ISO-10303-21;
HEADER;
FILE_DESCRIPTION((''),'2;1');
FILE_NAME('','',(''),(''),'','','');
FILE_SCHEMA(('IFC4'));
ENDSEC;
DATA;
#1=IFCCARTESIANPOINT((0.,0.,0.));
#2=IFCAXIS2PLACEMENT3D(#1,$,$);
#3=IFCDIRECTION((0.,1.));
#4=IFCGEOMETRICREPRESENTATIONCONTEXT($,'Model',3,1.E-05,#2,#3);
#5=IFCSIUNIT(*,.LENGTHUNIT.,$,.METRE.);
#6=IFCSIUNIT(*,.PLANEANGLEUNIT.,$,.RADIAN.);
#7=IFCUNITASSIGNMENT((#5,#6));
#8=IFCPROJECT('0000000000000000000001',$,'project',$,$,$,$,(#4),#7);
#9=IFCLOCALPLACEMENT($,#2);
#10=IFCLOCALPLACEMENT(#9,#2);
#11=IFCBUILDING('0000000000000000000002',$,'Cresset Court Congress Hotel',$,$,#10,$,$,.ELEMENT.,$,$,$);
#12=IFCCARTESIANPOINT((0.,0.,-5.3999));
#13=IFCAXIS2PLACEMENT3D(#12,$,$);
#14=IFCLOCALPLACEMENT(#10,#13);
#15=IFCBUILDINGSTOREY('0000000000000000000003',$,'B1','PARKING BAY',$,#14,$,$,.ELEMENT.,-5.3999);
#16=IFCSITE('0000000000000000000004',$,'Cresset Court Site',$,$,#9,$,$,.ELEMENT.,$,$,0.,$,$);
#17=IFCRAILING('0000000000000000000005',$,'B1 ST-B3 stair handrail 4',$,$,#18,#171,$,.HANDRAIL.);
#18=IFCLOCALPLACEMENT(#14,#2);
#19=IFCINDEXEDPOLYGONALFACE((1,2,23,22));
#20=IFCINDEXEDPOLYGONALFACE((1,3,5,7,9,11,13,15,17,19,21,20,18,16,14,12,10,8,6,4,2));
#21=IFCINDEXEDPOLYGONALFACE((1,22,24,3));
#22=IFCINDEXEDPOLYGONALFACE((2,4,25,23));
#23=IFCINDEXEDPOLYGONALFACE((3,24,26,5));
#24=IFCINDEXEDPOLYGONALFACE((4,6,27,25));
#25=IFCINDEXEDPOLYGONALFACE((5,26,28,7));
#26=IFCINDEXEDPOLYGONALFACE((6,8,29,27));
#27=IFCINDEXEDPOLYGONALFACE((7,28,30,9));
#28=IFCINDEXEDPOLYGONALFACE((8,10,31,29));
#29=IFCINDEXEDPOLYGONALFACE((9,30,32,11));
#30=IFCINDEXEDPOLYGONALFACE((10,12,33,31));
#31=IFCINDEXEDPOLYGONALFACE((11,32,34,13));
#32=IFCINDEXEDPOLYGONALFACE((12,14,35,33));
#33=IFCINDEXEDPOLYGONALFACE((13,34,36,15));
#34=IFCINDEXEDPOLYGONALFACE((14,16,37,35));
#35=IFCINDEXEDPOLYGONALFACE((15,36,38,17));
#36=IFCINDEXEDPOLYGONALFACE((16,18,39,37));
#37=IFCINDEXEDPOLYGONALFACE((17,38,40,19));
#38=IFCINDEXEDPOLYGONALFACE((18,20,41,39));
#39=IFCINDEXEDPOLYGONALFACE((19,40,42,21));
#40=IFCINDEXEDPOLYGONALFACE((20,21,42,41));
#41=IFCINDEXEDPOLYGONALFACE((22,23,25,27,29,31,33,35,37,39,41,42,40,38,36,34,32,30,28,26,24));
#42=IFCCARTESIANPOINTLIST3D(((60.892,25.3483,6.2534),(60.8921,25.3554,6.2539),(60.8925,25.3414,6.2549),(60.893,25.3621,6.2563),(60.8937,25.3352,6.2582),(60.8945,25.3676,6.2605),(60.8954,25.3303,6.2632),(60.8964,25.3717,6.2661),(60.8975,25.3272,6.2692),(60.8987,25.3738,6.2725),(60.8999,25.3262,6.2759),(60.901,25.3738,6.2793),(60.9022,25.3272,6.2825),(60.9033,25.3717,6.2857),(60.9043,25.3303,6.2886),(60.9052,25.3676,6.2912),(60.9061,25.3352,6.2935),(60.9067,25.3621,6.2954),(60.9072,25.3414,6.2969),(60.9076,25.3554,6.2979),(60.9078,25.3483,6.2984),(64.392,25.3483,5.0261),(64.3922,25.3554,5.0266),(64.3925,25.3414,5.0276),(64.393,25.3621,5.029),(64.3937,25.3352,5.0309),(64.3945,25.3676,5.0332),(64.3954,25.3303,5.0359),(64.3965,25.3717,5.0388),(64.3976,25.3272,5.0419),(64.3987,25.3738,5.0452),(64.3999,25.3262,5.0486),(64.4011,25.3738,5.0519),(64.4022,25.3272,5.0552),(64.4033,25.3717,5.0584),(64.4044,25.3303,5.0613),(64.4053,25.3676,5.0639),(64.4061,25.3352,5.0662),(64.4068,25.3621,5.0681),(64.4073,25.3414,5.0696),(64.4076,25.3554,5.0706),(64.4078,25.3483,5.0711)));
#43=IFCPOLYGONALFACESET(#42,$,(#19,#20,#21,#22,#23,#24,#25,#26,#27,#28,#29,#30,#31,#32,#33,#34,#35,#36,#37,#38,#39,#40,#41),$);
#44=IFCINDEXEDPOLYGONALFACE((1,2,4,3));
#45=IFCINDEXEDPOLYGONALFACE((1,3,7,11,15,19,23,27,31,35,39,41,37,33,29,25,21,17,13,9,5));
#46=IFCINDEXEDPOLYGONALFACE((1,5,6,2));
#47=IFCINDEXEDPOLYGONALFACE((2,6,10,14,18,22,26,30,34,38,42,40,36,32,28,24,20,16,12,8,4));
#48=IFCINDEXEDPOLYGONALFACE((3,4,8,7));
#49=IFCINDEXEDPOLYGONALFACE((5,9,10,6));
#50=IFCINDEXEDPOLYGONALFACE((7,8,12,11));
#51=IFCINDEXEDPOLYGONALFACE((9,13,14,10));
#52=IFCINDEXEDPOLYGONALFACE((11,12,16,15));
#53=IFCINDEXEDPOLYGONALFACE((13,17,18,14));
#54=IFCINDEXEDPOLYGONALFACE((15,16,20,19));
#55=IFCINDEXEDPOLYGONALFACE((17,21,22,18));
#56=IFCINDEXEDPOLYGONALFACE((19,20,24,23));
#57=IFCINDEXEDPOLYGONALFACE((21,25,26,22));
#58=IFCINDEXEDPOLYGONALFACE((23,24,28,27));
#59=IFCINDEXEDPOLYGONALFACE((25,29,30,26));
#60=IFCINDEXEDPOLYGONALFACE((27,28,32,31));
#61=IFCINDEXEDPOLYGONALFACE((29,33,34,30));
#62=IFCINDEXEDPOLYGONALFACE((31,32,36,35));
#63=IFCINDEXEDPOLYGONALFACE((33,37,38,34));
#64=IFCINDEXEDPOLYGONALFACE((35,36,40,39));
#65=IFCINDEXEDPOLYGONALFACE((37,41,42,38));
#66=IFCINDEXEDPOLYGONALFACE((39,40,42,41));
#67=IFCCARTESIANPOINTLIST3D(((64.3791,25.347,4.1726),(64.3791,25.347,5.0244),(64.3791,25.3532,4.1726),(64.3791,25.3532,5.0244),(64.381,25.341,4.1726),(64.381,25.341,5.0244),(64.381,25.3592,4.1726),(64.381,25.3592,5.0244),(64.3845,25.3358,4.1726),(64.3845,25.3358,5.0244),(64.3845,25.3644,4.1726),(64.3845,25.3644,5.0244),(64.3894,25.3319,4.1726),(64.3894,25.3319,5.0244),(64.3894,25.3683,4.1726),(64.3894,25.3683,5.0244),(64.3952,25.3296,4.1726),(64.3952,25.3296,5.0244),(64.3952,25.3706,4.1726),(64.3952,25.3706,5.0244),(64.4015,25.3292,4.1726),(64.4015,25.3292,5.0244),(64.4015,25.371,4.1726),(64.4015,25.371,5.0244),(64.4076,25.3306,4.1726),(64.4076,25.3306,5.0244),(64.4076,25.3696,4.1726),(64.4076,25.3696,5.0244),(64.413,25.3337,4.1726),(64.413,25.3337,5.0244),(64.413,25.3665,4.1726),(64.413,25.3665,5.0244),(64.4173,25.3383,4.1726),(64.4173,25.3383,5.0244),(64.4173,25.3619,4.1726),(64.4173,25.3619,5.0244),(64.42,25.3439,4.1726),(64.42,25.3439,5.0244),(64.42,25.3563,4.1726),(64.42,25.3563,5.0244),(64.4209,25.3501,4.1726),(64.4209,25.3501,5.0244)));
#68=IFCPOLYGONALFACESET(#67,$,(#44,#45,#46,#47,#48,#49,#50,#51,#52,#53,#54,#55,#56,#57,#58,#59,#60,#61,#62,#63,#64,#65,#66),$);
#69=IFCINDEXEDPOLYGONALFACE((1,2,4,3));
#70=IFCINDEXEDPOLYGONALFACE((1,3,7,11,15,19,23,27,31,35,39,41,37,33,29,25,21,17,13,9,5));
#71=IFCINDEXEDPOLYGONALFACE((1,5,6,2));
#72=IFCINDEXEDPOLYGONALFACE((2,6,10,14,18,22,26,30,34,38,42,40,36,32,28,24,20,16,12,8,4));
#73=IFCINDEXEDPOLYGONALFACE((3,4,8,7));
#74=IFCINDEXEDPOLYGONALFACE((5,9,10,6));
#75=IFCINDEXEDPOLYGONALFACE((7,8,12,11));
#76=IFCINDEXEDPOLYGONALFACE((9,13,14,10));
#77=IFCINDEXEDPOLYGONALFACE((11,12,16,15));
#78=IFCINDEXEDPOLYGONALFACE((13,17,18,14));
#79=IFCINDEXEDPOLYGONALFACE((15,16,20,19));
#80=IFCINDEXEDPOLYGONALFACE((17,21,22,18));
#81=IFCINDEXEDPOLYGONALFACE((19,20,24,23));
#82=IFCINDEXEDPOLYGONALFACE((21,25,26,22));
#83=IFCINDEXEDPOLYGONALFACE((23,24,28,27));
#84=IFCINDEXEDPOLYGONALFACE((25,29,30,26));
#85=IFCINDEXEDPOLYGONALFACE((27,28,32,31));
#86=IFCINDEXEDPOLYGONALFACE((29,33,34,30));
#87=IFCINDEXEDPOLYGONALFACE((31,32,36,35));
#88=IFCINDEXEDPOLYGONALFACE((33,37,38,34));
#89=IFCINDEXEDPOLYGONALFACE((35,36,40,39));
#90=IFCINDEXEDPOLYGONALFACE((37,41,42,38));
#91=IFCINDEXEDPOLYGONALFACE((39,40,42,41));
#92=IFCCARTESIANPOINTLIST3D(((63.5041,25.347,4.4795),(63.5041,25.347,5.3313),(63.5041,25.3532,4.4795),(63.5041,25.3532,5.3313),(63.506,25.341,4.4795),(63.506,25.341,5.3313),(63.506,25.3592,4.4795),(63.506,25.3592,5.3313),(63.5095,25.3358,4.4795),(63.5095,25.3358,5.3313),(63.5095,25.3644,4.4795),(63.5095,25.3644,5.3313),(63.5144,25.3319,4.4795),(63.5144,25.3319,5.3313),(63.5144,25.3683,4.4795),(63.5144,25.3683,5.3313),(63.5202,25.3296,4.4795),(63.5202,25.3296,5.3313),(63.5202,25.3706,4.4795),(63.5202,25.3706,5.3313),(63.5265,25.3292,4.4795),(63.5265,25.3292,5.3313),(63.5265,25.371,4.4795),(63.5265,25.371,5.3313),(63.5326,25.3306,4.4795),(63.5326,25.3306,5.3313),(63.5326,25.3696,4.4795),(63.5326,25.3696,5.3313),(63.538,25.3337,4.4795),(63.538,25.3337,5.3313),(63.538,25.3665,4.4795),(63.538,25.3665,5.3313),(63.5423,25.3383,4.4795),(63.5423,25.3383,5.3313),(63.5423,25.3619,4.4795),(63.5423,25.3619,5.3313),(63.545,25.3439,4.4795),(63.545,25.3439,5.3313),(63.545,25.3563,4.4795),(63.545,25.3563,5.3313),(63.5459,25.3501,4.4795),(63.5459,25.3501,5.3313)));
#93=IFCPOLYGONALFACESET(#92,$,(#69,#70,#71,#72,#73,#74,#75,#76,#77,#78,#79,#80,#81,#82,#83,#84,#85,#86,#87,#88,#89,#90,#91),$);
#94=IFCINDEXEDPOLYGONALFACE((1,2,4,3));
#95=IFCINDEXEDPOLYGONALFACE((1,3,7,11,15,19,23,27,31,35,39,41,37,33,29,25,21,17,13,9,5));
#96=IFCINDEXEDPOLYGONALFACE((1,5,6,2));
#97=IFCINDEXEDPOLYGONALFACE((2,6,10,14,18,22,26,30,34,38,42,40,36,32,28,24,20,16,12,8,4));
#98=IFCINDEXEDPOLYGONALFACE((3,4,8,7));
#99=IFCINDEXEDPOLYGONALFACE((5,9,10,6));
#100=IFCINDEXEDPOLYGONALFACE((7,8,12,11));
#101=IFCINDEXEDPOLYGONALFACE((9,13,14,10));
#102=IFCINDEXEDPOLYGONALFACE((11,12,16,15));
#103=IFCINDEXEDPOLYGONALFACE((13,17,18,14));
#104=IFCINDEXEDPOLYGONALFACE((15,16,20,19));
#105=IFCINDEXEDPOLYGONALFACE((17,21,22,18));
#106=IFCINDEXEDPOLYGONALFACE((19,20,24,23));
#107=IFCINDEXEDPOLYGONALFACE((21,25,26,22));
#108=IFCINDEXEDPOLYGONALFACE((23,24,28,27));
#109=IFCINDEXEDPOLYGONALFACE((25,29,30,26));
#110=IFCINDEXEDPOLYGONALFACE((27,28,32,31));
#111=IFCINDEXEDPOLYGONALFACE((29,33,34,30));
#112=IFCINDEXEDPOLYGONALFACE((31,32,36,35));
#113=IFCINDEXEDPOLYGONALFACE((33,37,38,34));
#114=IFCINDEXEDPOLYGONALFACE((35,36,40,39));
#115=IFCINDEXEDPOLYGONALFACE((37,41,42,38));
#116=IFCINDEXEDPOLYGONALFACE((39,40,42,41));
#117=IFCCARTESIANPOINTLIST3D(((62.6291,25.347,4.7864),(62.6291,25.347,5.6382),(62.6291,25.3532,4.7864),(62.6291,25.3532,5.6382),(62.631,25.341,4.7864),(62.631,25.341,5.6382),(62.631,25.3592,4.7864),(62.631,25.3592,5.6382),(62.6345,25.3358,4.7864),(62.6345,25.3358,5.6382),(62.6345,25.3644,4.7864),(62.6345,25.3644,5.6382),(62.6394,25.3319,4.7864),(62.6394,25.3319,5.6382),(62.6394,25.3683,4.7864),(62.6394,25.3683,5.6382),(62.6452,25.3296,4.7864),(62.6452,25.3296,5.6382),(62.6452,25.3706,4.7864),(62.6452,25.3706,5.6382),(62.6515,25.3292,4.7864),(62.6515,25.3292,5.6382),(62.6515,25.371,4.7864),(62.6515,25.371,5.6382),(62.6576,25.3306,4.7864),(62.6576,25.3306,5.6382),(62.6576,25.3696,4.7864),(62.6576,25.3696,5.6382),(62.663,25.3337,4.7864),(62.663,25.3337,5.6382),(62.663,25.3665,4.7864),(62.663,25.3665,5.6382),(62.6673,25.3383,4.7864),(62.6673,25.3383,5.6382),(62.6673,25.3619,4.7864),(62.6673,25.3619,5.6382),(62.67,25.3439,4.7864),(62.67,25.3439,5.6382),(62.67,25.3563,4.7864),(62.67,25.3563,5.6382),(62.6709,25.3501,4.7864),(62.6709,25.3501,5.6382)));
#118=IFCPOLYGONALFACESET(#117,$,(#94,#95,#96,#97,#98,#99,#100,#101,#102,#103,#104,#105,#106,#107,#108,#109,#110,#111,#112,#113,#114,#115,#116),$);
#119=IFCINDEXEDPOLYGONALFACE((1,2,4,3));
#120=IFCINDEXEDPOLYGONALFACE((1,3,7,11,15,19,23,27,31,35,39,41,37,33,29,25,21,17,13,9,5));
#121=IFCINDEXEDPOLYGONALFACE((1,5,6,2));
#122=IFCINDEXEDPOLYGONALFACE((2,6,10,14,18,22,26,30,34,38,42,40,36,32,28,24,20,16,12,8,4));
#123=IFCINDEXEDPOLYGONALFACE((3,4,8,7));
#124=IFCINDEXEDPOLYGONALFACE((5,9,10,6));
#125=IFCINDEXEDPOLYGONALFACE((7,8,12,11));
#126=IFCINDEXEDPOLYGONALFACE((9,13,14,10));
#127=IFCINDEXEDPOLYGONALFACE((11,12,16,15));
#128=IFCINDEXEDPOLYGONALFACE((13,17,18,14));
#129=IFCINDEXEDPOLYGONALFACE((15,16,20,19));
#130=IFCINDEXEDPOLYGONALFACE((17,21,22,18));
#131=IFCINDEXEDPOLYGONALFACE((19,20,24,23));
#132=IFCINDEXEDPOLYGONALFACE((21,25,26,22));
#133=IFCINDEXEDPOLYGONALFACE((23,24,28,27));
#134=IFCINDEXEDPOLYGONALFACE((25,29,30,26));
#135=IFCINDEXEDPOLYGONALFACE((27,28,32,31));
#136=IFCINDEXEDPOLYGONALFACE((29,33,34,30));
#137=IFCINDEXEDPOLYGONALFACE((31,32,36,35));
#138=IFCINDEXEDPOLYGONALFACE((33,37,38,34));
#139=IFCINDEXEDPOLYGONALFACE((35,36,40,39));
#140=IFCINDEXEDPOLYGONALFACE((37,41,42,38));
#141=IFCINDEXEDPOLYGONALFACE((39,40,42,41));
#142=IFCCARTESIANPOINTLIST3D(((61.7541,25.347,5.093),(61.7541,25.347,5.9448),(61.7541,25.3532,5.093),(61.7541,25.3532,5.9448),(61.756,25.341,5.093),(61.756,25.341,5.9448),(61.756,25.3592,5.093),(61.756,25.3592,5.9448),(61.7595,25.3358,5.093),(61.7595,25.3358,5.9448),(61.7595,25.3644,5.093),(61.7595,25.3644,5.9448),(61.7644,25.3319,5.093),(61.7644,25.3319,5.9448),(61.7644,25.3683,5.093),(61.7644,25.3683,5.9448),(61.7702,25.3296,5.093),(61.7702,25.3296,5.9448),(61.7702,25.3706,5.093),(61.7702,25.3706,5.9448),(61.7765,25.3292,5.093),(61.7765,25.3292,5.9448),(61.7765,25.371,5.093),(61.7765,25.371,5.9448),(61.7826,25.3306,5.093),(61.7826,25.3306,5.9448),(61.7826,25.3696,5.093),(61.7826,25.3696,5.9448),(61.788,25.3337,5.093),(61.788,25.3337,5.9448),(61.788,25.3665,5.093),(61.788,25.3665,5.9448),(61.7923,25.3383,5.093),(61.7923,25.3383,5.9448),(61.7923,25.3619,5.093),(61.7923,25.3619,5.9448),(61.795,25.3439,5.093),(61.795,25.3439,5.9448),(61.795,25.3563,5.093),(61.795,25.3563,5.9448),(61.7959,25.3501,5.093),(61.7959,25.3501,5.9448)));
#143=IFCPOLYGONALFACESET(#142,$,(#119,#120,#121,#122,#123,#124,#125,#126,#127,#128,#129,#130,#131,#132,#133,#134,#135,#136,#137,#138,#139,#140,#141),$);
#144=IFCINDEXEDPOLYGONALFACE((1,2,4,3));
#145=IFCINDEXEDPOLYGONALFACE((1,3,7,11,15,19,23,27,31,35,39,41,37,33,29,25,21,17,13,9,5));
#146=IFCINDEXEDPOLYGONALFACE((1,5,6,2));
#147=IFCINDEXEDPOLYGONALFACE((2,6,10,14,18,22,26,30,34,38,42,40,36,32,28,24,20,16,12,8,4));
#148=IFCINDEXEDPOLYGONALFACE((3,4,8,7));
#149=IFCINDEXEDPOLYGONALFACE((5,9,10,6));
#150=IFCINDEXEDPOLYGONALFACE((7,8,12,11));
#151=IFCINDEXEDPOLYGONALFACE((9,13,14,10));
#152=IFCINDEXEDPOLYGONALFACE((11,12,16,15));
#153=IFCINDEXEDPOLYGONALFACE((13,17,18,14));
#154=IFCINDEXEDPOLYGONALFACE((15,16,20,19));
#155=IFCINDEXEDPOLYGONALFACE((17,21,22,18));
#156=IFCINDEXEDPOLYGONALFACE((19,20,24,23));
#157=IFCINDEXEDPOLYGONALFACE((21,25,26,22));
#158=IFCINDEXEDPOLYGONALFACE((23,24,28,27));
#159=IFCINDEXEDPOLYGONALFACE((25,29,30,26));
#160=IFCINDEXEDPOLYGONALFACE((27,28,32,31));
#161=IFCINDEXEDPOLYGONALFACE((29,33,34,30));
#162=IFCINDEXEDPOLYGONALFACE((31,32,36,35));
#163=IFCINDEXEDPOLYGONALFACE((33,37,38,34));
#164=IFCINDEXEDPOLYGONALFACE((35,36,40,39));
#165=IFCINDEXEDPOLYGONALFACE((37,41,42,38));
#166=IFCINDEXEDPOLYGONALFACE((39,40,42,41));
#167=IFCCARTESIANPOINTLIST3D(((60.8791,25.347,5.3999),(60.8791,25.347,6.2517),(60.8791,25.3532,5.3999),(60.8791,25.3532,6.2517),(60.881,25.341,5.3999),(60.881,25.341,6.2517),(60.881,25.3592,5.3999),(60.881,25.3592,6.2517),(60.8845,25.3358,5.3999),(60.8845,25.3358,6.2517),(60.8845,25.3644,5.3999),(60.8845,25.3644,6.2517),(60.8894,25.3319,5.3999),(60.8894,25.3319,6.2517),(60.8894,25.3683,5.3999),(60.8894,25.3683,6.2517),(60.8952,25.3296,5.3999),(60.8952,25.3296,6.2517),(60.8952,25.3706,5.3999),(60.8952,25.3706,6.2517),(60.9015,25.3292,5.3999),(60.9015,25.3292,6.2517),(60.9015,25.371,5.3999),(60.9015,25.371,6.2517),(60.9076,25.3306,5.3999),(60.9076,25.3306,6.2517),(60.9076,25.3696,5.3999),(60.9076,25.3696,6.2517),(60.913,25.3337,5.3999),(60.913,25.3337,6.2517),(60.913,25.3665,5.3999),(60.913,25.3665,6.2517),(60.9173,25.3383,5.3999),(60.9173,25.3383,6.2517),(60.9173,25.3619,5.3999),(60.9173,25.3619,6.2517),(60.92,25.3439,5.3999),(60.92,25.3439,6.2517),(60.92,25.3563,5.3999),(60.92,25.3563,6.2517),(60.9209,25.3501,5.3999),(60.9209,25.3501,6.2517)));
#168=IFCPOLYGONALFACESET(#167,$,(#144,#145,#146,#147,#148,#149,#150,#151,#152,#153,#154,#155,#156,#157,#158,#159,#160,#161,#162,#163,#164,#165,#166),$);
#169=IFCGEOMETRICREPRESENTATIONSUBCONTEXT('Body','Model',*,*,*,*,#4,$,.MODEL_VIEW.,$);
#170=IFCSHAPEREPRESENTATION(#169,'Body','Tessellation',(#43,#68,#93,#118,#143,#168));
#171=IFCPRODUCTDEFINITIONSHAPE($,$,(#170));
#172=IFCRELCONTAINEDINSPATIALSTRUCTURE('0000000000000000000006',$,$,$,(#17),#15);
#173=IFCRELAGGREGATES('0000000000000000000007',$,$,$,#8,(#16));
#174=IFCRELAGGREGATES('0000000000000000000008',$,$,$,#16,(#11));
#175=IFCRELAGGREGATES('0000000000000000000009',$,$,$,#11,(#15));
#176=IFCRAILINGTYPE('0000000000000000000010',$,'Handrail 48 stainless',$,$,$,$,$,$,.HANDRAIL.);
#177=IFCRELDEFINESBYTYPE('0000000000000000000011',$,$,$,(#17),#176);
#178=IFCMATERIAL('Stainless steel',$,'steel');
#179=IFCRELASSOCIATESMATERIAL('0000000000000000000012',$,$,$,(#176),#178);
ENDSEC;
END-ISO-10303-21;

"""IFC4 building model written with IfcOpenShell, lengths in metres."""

from ifc_helpers import new_model, si_unit, direction, frame, origin, origin_2d, place, context, subcontext, project, spatial, circle, extrude, material, type_object, element, save


model = new_model("IFC4")

# Units and contexts
model_context = context("Model", 3, precision=1e-05, world=origin(), true_north=direction((0.0, 1.0)))
body_context = subcontext(model_context, "Body", "Model", "MODEL_VIEW")
ifc_project = project(units=[si_unit("LENGTHUNIT", "METRE"), si_unit("PLANEANGLEUNIT", "RADIAN")], contexts=[model_context])

# Site, building, storey
site_placement = place(None, origin())
site = spatial("IfcSite", under=ifc_project, at=site_placement, Name="Cresset Court Site", CompositionType="ELEMENT", RefElevation=0.0)
building_placement = place(site_placement, origin())
building = spatial("IfcBuilding", under=site, at=building_placement, Name="Cresset Court Congress Hotel", CompositionType="ELEMENT")
storey_placement = place(building_placement, frame((0.0, 0.0, -5.3999)))
storey = spatial("IfcBuildingStorey", under=building, at=storey_placement, Name="B1", Description="PARKING BAY", CompositionType="ELEMENT", Elevation=-5.3999)

# Railing
ifc_material_1 = material(Name="Stainless steel", Category="steel")
railing_type_1 = type_object("IfcRailingType", Name="Handrail 48 stainless", PredefinedType="HANDRAIL", material=ifc_material_1)
railing_1_placement = place(storey_placement, frame((64.3999, 25.3501, 4.1726)))
element("IfcRailing", 1, at=railing_1_placement, inside=storey, type_object=railing_type_1, Name="B1 ST-B3 stair handrail 4", PredefinedType="HANDRAIL", context=body_context, shape_type="SweptSolid", body=[
    extrude(circle(Radius=0.0239, at=origin_2d()), frame((0.0, 0.0, 0.876), z_axis=(-0.943665, 0.0, 0.330902), x_axis=(0.0, -1.0, 0.0)), (0.0, 0.0, 1.0), 3.709),
    extrude(circle(Radius=0.021, at=origin_2d()), origin(), (0.0, 0.0, 1.0), 0.8518),
    extrude(circle(Radius=0.021, at=origin_2d()), frame((-0.875, 0.0, 0.3069)), (0.0, 0.0, 1.0), 0.8518),
    extrude(circle(Radius=0.021, at=origin_2d()), frame((-1.75, 0.0, 0.6138)), (0.0, 0.0, 1.0), 0.8518),
    extrude(circle(Radius=0.021, at=origin_2d()), frame((-2.625, 0.0, 0.9204)), (0.0, 0.0, 1.0), 0.8518),
    extrude(circle(Radius=0.021, at=origin_2d()), frame((-3.5, 0.0, 1.2273)), (0.0, 0.0, 1.0), 0.8518),
])

save(model, "model.ifc")
